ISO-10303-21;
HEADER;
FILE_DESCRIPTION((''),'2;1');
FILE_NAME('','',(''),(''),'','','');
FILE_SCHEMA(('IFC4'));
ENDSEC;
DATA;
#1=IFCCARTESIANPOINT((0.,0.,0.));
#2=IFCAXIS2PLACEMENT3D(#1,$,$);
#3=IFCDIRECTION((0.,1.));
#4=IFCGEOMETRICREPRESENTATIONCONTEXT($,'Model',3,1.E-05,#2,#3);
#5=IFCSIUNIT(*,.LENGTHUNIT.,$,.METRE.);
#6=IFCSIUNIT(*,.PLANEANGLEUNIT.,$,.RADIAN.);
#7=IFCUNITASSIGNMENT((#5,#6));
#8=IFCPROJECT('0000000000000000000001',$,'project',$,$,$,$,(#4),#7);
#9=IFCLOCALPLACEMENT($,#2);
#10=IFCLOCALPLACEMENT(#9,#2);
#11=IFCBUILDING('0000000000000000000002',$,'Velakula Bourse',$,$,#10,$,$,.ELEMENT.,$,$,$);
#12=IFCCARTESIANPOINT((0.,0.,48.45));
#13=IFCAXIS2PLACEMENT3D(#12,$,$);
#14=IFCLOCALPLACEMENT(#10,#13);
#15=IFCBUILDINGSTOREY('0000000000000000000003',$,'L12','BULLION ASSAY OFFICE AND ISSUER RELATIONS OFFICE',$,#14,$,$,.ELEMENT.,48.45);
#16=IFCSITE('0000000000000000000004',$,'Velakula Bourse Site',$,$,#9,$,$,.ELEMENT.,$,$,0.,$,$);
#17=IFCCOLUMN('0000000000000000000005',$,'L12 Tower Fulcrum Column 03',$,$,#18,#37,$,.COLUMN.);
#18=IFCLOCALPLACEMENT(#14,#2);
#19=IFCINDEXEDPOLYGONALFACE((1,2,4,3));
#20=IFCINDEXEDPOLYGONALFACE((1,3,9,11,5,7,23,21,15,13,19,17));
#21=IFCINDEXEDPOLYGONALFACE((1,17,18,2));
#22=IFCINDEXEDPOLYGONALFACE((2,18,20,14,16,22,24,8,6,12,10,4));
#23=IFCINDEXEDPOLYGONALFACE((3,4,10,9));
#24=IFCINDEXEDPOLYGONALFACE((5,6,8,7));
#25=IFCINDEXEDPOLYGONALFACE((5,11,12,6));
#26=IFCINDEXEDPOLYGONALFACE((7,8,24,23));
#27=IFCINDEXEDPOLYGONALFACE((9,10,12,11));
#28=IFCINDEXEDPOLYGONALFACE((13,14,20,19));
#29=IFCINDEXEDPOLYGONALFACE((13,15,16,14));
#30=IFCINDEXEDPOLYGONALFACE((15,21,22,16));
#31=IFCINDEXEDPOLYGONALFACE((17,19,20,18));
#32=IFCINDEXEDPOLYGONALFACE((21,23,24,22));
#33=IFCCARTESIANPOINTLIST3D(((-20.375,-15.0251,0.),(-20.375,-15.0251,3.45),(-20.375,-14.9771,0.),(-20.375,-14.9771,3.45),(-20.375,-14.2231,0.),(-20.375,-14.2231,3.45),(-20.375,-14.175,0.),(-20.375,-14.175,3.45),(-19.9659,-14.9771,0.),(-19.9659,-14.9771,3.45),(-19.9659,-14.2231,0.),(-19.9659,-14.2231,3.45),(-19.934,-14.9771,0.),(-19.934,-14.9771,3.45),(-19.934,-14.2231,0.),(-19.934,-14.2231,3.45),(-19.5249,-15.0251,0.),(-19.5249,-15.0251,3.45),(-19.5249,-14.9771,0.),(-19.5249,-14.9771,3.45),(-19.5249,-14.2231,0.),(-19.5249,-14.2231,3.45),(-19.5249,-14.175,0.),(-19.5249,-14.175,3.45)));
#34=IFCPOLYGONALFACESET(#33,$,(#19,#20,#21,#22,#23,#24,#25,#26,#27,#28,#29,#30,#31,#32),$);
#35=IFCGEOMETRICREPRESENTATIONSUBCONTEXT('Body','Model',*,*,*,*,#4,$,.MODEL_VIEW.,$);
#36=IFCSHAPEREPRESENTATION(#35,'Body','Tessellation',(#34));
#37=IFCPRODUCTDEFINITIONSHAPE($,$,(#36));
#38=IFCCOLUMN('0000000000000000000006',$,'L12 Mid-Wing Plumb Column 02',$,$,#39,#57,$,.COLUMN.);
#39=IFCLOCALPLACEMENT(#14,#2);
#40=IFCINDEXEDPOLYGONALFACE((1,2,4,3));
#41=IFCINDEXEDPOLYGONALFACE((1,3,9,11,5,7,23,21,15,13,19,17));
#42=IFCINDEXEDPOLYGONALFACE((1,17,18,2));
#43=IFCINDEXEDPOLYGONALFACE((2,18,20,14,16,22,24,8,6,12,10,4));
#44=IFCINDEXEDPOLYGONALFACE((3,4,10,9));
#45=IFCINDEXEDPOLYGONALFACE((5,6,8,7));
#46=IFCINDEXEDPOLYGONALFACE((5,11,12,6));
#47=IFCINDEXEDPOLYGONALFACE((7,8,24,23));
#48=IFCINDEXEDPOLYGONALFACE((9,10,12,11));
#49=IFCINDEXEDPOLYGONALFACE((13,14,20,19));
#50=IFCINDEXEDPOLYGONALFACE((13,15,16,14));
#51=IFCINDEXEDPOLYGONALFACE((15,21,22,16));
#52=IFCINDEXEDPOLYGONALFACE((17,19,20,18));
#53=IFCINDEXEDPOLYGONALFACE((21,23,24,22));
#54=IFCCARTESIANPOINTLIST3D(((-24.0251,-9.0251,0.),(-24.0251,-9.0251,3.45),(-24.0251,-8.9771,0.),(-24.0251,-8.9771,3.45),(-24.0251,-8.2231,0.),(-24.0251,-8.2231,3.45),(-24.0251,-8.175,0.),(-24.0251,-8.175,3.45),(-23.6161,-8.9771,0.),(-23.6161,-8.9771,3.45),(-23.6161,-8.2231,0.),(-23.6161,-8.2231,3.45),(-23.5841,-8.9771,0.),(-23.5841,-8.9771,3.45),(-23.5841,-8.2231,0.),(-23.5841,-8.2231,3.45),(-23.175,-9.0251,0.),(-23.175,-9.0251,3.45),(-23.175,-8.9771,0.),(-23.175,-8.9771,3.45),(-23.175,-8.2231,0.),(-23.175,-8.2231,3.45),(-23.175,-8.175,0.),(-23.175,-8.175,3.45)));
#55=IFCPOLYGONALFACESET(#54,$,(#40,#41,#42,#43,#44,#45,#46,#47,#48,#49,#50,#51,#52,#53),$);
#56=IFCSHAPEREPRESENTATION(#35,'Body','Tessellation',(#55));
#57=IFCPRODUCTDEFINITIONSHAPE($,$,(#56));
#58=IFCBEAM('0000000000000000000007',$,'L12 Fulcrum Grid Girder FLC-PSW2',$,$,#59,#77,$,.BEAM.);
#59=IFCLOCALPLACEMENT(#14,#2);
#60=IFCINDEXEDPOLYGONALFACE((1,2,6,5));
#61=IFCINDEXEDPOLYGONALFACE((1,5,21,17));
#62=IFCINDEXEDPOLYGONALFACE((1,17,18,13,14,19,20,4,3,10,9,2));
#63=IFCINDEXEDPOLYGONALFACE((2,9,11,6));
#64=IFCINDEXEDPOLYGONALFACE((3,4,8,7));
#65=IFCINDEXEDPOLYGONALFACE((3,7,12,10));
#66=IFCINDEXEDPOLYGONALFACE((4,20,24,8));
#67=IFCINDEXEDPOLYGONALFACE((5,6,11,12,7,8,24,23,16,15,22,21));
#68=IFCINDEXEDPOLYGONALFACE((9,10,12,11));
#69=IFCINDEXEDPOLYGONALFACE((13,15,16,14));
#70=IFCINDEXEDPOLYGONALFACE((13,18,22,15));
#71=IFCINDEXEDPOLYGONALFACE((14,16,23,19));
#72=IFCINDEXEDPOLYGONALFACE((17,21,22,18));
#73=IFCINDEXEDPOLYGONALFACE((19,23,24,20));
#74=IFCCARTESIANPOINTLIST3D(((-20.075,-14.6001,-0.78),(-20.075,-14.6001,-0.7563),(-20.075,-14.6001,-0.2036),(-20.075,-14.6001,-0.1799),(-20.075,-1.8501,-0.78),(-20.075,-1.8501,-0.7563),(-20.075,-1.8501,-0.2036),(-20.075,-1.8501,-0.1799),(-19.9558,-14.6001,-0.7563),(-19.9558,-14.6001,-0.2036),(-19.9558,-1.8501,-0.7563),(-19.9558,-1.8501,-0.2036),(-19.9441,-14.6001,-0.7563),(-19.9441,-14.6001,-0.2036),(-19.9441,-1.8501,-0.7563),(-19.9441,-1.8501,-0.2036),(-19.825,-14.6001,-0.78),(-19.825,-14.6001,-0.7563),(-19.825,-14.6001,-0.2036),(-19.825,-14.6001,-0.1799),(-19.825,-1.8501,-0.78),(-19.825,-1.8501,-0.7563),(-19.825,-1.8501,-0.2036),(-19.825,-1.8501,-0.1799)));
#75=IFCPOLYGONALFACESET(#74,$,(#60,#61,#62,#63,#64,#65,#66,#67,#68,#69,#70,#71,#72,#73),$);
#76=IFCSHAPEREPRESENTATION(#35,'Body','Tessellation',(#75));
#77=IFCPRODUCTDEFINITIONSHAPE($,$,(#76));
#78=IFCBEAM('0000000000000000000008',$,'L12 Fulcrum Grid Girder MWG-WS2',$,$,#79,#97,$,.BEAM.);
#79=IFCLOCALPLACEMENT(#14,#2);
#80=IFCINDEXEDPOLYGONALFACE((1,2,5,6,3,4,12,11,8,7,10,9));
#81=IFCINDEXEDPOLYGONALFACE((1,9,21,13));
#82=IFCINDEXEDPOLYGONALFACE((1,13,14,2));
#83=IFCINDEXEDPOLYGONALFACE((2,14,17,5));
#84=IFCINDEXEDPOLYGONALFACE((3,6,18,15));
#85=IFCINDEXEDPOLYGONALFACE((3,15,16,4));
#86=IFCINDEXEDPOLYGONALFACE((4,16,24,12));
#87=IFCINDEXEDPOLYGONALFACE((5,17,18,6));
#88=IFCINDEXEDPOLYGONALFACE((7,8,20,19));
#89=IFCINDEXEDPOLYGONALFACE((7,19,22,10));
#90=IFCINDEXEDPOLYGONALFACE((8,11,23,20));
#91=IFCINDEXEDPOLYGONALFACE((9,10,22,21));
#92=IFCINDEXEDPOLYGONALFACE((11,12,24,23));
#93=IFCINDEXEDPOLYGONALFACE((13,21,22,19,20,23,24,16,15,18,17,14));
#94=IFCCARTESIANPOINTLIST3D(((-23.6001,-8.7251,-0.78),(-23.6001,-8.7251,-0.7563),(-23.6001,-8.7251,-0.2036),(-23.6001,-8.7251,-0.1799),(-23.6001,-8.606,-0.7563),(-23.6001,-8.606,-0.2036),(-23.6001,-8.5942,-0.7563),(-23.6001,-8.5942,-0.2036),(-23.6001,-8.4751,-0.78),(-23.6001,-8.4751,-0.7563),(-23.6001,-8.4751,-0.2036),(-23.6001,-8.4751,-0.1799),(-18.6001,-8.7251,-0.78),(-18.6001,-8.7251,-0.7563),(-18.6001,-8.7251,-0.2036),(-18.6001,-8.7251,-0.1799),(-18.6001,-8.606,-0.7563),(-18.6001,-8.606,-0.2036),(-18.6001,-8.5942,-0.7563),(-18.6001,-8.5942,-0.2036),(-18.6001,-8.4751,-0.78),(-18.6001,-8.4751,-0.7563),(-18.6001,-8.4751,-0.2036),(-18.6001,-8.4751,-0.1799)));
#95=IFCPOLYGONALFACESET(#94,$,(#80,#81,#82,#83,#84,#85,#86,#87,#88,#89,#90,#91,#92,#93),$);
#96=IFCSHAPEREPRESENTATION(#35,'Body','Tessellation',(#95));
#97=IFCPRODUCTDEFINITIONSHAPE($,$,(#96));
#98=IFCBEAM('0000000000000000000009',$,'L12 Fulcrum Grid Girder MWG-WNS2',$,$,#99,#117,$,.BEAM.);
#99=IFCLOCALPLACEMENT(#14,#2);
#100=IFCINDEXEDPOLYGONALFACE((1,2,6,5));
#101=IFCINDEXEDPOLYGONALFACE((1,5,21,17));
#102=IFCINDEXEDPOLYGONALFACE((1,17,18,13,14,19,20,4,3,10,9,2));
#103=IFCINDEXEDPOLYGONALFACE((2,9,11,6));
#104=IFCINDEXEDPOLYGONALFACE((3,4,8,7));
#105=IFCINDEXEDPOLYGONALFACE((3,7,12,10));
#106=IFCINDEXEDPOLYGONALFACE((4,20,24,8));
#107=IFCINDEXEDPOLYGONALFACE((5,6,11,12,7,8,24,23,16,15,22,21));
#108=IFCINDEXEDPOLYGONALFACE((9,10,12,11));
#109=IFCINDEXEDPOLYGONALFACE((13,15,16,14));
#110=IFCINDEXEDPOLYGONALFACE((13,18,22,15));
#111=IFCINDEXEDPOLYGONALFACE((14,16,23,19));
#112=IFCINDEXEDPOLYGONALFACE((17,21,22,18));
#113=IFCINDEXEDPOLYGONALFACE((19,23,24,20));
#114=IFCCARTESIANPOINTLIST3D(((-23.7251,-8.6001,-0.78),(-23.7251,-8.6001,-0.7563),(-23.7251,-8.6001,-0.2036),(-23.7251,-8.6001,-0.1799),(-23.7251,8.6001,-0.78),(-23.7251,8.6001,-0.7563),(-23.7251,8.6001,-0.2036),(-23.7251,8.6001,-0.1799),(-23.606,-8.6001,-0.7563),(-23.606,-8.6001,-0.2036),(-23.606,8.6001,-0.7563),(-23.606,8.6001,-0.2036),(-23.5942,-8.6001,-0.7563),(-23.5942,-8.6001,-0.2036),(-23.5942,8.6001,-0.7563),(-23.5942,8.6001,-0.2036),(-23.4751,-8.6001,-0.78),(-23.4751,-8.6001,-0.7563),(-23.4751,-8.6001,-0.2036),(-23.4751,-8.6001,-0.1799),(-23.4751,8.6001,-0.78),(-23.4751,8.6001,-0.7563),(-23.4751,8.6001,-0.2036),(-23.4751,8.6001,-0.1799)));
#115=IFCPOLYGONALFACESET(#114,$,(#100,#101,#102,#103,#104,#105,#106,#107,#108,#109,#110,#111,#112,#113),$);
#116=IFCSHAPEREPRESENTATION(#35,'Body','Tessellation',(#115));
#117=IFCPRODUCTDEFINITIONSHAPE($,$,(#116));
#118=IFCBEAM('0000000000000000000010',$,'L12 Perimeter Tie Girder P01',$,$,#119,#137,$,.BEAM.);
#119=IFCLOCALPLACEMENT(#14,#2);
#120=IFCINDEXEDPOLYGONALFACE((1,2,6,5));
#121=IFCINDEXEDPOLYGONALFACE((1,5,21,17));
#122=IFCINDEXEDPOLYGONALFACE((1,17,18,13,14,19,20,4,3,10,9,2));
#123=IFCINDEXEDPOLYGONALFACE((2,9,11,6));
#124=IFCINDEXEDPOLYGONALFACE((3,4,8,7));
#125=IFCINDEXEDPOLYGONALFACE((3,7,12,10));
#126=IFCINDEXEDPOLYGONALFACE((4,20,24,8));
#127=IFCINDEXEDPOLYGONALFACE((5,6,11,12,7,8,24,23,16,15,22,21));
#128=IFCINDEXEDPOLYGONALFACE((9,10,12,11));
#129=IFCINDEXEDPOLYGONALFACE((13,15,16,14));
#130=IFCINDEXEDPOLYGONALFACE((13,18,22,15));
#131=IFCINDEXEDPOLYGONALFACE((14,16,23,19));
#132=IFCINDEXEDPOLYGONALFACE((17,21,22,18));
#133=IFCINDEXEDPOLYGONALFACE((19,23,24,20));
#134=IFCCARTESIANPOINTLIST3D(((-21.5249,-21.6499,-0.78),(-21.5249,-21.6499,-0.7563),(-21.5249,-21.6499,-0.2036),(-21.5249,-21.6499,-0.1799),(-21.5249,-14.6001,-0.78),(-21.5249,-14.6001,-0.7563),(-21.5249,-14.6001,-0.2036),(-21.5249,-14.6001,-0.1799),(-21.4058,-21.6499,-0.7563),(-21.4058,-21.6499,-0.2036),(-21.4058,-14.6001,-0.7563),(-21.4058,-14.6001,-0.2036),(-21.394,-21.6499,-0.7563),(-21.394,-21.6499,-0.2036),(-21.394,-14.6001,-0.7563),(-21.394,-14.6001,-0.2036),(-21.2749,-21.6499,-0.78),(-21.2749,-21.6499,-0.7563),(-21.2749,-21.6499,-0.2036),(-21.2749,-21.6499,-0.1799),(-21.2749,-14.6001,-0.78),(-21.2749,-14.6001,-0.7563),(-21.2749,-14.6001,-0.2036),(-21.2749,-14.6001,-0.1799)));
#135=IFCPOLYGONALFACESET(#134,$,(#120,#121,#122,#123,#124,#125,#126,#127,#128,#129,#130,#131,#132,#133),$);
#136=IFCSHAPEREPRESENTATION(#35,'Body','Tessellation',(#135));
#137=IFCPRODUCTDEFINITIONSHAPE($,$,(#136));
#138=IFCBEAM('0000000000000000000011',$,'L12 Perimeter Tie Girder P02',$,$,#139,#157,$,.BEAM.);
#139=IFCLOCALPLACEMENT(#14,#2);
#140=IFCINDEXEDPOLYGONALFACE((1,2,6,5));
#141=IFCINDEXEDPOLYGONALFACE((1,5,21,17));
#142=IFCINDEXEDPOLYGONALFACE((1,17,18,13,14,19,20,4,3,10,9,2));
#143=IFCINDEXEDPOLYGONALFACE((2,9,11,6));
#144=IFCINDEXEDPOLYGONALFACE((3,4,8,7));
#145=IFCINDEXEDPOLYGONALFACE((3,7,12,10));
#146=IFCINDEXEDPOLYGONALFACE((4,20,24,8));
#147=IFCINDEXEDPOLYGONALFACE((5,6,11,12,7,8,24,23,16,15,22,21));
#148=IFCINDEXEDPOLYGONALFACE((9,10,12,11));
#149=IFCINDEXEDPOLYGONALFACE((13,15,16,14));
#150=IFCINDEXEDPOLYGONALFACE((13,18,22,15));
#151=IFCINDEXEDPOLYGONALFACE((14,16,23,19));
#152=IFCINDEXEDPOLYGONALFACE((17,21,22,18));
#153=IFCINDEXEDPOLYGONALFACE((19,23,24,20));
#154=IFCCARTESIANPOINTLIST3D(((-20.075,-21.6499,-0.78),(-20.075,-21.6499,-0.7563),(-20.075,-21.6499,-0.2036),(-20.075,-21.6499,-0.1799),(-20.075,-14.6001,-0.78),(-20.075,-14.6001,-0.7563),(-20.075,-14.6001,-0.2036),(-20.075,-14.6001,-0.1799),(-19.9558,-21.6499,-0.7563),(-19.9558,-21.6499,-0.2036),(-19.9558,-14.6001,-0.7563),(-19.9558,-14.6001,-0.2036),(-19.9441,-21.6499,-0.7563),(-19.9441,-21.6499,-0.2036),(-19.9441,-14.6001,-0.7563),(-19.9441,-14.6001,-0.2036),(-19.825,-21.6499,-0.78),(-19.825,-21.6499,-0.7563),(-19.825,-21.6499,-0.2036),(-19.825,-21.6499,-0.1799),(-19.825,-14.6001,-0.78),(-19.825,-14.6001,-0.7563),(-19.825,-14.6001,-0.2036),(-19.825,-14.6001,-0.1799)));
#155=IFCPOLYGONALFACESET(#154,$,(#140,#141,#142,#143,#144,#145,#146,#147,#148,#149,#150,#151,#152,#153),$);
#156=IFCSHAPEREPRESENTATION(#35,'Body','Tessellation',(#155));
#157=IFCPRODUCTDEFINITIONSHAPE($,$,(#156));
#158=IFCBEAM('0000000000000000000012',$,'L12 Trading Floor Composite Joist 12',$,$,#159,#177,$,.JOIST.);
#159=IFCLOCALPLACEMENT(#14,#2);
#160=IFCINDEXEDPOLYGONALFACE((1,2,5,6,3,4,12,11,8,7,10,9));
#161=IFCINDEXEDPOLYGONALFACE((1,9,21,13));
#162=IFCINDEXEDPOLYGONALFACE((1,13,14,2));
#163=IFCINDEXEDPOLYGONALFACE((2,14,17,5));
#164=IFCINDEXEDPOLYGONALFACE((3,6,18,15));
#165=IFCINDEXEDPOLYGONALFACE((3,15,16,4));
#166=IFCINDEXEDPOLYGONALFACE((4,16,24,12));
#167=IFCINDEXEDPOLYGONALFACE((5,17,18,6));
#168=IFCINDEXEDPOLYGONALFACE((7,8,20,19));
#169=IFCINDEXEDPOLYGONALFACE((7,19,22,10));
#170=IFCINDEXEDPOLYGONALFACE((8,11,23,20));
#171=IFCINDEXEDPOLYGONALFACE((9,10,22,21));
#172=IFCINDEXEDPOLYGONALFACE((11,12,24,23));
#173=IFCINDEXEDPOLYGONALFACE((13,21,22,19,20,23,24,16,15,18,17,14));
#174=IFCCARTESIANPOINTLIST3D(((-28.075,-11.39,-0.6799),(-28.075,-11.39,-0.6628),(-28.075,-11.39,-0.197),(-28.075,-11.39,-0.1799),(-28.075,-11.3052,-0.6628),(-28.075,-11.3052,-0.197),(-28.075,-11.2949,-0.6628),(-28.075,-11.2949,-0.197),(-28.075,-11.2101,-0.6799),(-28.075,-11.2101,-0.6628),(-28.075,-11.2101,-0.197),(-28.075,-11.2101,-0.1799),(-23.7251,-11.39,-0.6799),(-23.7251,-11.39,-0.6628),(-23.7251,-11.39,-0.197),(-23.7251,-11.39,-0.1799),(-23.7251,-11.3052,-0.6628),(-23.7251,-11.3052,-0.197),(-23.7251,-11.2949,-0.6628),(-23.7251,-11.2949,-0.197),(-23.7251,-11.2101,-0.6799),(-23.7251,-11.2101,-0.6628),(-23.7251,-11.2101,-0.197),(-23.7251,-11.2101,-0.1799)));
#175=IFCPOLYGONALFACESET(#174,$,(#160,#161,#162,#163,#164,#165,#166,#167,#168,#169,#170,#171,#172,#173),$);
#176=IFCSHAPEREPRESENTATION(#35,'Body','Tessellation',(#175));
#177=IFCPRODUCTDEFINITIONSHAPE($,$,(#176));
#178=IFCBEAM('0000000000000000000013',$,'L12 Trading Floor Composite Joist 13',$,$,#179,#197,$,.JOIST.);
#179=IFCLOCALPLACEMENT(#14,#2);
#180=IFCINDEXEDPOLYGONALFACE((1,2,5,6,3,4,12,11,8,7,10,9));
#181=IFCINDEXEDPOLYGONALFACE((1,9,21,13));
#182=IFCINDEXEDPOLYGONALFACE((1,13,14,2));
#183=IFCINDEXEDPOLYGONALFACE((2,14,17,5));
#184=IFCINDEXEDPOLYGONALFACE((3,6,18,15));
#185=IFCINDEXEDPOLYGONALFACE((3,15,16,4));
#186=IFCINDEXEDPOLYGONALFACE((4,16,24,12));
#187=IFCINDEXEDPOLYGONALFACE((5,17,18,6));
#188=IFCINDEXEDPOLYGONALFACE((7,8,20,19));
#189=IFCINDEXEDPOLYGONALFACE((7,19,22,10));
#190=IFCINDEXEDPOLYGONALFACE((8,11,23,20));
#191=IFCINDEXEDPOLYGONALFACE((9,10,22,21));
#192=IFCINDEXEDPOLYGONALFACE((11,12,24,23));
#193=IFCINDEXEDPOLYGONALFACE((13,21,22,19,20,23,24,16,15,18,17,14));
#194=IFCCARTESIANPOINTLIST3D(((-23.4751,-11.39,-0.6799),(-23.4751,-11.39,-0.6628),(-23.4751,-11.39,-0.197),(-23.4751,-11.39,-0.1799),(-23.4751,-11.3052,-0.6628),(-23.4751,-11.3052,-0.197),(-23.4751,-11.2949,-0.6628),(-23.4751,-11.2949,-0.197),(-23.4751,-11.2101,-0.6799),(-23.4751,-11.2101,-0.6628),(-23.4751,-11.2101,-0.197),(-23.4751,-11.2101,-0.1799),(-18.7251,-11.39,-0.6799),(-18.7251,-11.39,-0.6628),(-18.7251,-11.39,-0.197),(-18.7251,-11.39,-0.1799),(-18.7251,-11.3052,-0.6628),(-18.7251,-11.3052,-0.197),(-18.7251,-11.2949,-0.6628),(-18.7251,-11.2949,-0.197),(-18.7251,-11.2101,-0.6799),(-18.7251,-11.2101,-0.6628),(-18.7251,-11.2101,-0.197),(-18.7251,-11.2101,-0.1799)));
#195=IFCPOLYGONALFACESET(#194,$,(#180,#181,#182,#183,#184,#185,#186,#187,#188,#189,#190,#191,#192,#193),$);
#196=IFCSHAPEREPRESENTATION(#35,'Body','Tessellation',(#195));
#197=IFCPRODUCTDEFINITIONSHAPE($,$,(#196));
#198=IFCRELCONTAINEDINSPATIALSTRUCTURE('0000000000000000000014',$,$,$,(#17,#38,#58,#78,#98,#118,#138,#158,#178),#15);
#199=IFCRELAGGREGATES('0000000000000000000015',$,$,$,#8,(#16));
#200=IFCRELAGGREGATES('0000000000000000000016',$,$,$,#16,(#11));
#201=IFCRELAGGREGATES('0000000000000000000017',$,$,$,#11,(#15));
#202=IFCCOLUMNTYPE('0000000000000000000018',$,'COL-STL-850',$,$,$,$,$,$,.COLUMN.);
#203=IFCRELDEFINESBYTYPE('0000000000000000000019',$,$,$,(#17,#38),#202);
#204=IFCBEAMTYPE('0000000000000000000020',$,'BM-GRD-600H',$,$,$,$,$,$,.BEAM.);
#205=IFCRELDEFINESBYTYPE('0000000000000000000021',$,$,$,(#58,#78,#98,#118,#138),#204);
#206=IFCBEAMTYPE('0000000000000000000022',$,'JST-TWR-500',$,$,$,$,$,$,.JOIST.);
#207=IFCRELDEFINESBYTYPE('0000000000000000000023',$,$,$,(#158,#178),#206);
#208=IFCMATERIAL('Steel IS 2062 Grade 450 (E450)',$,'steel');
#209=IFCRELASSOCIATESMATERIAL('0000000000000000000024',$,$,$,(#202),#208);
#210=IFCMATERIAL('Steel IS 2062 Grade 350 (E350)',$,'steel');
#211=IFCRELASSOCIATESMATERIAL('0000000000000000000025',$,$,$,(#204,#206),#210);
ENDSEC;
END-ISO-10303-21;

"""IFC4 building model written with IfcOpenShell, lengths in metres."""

from ifc_helpers import new_model, si_unit, direction, frame, origin, origin_2d, place, context, subcontext, project, spatial, i_section, extrude, material, material_profile, profile_set, type_object, element, save


model = new_model("IFC4")

# Units and contexts
model_context = context("Model", 3, precision=1e-05, world=origin(), true_north=direction((0.0, 1.0)))
body_context = subcontext(model_context, "Body", "Model", "MODEL_VIEW")
ifc_project = project(units=[si_unit("LENGTHUNIT", "METRE"), si_unit("PLANEANGLEUNIT", "RADIAN")], contexts=[model_context])

# Site, building, storey
site_placement = place(None, origin())
site = spatial("IfcSite", under=ifc_project, at=site_placement, Name="Velakula Bourse Site", CompositionType="ELEMENT", RefElevation=0.0)
building_placement = place(site_placement, origin())
building = spatial("IfcBuilding", under=site, at=building_placement, Name="Velakula Bourse", CompositionType="ELEMENT")
storey_placement = place(building_placement, frame((0.0, 0.0, 48.45)))
storey = spatial("IfcBuildingStorey", under=building, at=storey_placement, Name="L12", Description="BULLION ASSAY OFFICE AND ISSUER RELATIONS OFFICE", CompositionType="ELEMENT", Elevation=48.45)

# Columns
ifc_material_1 = material(Name="Steel IS 2062 Grade 450 (E450)", Category="steel")
ifc_material_profile_1 = material_profile(ifc_material_1, i_section(OverallWidth=0.8501, OverallDepth=0.8501, WebThickness=0.032, FlangeThickness=0.0481, at=origin_2d()), Name="Steel IS 2062 Grade 450 (E450)")
ifc_profile_set_1 = profile_set([ifc_material_profile_1], Name="Steel IS 2062 Grade 450 (E450)")
column_type = type_object("IfcColumnType", Name="COL-STL-850", PredefinedType="COLUMN", material=ifc_profile_set_1)
for number, where, z_axis, x_axis, name in (
    (1, (-19.95, -14.6001, 0.0), (0.0, 0.0, 1.0), (1.0, 0.0, 0.0), "L12 Tower Fulcrum Column 03"),
    (2, (-23.6001, -8.6001, 0.0), (0.0, 0.0, 1.0), (1.0, 0.0, 0.0), "L12 Mid-Wing Plumb Column 02"),
):
    element("IfcColumn", number, at=place(storey_placement, frame(where, z_axis=z_axis, x_axis=x_axis)), inside=storey, type_object=column_type, Name=name, PredefinedType="COLUMN", context=body_context, shape_type="SweptSolid", body=[
        extrude(i_section(OverallWidth=0.8501, OverallDepth=0.8501, WebThickness=0.032, FlangeThickness=0.0481, at=origin_2d()), origin(), (0.0, 0.0, 1.0), 3.45),
    ])

# Beams
ifc_material_2 = material(Name="Steel IS 2062 Grade 350 (E350)", Category="steel")
ifc_material_profile_2 = material_profile(ifc_material_2, i_section(OverallWidth=0.25, OverallDepth=0.6001, WebThickness=0.0117, FlangeThickness=0.0237, at=origin_2d()), Name="Steel IS 2062 Grade 350 (E350)")
ifc_profile_set_2 = profile_set([ifc_material_profile_2], Name="Steel IS 2062 Grade 350 (E350)")
beam_type_1 = type_object("IfcBeamType", Name="BM-GRD-600H", PredefinedType="BEAM", material=ifc_profile_set_2)
beam_1_placement = place(storey_placement, frame((-19.95, -14.6001, -0.48), z_axis=(0.0, 1.0, 0.0), x_axis=(-1.0, 0.0, 0.0)))
element("IfcBeam", 3, at=beam_1_placement, inside=storey, type_object=beam_type_1, Name="L12 Fulcrum Grid Girder FLC-PSW2", PredefinedType="BEAM", context=body_context, shape_type="SweptSolid", body=[
    extrude(i_section(OverallWidth=0.25, OverallDepth=0.6001, WebThickness=0.0117, FlangeThickness=0.0237, at=origin_2d()), origin(), (0.0, 0.0, 1.0), 12.75),
])
beam_2_placement = place(storey_placement, frame((-23.6001, -8.6001, -0.48), z_axis=(1.0, 0.0, 0.0), x_axis=(0.0, 1.0, 0.0)))
element("IfcBeam", 4, at=beam_2_placement, inside=storey, type_object=beam_type_1, Name="L12 Fulcrum Grid Girder MWG-WS2", PredefinedType="BEAM", context=body_context, shape_type="SweptSolid", body=[
    extrude(i_section(OverallWidth=0.25, OverallDepth=0.6001, WebThickness=0.0117, FlangeThickness=0.0237, at=origin_2d()), origin(), (0.0, 0.0, 1.0), 5.0),
])
beam_3_placement = place(storey_placement, frame((-23.6001, -8.6001, -0.48), z_axis=(0.0, 1.0, 0.0), x_axis=(-1.0, 0.0, 0.0)))
element("IfcBeam", 5, at=beam_3_placement, inside=storey, type_object=beam_type_1, Name="L12 Fulcrum Grid Girder MWG-WNS2", PredefinedType="BEAM", context=body_context, shape_type="SweptSolid", body=[
    extrude(i_section(OverallWidth=0.25, OverallDepth=0.6001, WebThickness=0.0117, FlangeThickness=0.0237, at=origin_2d()), origin(), (0.0, 0.0, 1.0), 17.2002),
])
for number, where, z_axis, x_axis, name in (
    (6, (-21.3999, -14.6001, -0.48), (0.0, -1.0, 0.0), (1.0, 0.0, 0.0), "L12 Perimeter Tie Girder P01"),
    (7, (-19.95, -14.6001, -0.48), (0.0, -1.0, 0.0), (1.0, 0.0, 0.0), "L12 Perimeter Tie Girder P02"),
):
    element("IfcBeam", number, at=place(storey_placement, frame(where, z_axis=z_axis, x_axis=x_axis)), inside=storey, type_object=beam_type_1, Name=name, PredefinedType="BEAM", context=body_context, shape_type="SweptSolid", body=[
        extrude(i_section(OverallWidth=0.25, OverallDepth=0.6001, WebThickness=0.0117, FlangeThickness=0.0237, at=origin_2d()), origin(), (0.0, 0.0, 1.0), 7.0498),
    ])
ifc_material_profile_3 = material_profile(ifc_material_2, i_section(OverallWidth=0.1799, OverallDepth=0.5, WebThickness=0.0103, FlangeThickness=0.0171, at=origin_2d()), Name="Steel IS 2062 Grade 350 (E350)")
ifc_profile_set_3 = profile_set([ifc_material_profile_3], Name="Steel IS 2062 Grade 350 (E350)")
beam_type_2 = type_object("IfcBeamType", Name="JST-TWR-500", PredefinedType="JOIST", material=ifc_profile_set_3)
beam_4_placement = place(storey_placement, frame((-28.075, -11.3, -0.4299), z_axis=(1.0, 0.0, 0.0), x_axis=(0.0, 1.0, 0.0)))
element("IfcBeam", 8, at=beam_4_placement, inside=storey, type_object=beam_type_2, Name="L12 Trading Floor Composite Joist 12", PredefinedType="JOIST", context=body_context, shape_type="SweptSolid", body=[
    extrude(i_section(OverallWidth=0.1799, OverallDepth=0.5, WebThickness=0.0103, FlangeThickness=0.0171, at=origin_2d()), origin(), (0.0, 0.0, 1.0), 4.3499),
])
beam_5_placement = place(storey_placement, frame((-23.4751, -11.3, -0.4299), z_axis=(1.0, 0.0, 0.0), x_axis=(0.0, 1.0, 0.0)))
element("IfcBeam", 9, at=beam_5_placement, inside=storey, type_object=beam_type_2, Name="L12 Trading Floor Composite Joist 13", PredefinedType="JOIST", context=body_context, shape_type="SweptSolid", body=[
    extrude(i_section(OverallWidth=0.1799, OverallDepth=0.5, WebThickness=0.0103, FlangeThickness=0.0171, at=origin_2d()), origin(), (0.0, 0.0, 1.0), 4.75),
])

save(model, "model.ifc")
